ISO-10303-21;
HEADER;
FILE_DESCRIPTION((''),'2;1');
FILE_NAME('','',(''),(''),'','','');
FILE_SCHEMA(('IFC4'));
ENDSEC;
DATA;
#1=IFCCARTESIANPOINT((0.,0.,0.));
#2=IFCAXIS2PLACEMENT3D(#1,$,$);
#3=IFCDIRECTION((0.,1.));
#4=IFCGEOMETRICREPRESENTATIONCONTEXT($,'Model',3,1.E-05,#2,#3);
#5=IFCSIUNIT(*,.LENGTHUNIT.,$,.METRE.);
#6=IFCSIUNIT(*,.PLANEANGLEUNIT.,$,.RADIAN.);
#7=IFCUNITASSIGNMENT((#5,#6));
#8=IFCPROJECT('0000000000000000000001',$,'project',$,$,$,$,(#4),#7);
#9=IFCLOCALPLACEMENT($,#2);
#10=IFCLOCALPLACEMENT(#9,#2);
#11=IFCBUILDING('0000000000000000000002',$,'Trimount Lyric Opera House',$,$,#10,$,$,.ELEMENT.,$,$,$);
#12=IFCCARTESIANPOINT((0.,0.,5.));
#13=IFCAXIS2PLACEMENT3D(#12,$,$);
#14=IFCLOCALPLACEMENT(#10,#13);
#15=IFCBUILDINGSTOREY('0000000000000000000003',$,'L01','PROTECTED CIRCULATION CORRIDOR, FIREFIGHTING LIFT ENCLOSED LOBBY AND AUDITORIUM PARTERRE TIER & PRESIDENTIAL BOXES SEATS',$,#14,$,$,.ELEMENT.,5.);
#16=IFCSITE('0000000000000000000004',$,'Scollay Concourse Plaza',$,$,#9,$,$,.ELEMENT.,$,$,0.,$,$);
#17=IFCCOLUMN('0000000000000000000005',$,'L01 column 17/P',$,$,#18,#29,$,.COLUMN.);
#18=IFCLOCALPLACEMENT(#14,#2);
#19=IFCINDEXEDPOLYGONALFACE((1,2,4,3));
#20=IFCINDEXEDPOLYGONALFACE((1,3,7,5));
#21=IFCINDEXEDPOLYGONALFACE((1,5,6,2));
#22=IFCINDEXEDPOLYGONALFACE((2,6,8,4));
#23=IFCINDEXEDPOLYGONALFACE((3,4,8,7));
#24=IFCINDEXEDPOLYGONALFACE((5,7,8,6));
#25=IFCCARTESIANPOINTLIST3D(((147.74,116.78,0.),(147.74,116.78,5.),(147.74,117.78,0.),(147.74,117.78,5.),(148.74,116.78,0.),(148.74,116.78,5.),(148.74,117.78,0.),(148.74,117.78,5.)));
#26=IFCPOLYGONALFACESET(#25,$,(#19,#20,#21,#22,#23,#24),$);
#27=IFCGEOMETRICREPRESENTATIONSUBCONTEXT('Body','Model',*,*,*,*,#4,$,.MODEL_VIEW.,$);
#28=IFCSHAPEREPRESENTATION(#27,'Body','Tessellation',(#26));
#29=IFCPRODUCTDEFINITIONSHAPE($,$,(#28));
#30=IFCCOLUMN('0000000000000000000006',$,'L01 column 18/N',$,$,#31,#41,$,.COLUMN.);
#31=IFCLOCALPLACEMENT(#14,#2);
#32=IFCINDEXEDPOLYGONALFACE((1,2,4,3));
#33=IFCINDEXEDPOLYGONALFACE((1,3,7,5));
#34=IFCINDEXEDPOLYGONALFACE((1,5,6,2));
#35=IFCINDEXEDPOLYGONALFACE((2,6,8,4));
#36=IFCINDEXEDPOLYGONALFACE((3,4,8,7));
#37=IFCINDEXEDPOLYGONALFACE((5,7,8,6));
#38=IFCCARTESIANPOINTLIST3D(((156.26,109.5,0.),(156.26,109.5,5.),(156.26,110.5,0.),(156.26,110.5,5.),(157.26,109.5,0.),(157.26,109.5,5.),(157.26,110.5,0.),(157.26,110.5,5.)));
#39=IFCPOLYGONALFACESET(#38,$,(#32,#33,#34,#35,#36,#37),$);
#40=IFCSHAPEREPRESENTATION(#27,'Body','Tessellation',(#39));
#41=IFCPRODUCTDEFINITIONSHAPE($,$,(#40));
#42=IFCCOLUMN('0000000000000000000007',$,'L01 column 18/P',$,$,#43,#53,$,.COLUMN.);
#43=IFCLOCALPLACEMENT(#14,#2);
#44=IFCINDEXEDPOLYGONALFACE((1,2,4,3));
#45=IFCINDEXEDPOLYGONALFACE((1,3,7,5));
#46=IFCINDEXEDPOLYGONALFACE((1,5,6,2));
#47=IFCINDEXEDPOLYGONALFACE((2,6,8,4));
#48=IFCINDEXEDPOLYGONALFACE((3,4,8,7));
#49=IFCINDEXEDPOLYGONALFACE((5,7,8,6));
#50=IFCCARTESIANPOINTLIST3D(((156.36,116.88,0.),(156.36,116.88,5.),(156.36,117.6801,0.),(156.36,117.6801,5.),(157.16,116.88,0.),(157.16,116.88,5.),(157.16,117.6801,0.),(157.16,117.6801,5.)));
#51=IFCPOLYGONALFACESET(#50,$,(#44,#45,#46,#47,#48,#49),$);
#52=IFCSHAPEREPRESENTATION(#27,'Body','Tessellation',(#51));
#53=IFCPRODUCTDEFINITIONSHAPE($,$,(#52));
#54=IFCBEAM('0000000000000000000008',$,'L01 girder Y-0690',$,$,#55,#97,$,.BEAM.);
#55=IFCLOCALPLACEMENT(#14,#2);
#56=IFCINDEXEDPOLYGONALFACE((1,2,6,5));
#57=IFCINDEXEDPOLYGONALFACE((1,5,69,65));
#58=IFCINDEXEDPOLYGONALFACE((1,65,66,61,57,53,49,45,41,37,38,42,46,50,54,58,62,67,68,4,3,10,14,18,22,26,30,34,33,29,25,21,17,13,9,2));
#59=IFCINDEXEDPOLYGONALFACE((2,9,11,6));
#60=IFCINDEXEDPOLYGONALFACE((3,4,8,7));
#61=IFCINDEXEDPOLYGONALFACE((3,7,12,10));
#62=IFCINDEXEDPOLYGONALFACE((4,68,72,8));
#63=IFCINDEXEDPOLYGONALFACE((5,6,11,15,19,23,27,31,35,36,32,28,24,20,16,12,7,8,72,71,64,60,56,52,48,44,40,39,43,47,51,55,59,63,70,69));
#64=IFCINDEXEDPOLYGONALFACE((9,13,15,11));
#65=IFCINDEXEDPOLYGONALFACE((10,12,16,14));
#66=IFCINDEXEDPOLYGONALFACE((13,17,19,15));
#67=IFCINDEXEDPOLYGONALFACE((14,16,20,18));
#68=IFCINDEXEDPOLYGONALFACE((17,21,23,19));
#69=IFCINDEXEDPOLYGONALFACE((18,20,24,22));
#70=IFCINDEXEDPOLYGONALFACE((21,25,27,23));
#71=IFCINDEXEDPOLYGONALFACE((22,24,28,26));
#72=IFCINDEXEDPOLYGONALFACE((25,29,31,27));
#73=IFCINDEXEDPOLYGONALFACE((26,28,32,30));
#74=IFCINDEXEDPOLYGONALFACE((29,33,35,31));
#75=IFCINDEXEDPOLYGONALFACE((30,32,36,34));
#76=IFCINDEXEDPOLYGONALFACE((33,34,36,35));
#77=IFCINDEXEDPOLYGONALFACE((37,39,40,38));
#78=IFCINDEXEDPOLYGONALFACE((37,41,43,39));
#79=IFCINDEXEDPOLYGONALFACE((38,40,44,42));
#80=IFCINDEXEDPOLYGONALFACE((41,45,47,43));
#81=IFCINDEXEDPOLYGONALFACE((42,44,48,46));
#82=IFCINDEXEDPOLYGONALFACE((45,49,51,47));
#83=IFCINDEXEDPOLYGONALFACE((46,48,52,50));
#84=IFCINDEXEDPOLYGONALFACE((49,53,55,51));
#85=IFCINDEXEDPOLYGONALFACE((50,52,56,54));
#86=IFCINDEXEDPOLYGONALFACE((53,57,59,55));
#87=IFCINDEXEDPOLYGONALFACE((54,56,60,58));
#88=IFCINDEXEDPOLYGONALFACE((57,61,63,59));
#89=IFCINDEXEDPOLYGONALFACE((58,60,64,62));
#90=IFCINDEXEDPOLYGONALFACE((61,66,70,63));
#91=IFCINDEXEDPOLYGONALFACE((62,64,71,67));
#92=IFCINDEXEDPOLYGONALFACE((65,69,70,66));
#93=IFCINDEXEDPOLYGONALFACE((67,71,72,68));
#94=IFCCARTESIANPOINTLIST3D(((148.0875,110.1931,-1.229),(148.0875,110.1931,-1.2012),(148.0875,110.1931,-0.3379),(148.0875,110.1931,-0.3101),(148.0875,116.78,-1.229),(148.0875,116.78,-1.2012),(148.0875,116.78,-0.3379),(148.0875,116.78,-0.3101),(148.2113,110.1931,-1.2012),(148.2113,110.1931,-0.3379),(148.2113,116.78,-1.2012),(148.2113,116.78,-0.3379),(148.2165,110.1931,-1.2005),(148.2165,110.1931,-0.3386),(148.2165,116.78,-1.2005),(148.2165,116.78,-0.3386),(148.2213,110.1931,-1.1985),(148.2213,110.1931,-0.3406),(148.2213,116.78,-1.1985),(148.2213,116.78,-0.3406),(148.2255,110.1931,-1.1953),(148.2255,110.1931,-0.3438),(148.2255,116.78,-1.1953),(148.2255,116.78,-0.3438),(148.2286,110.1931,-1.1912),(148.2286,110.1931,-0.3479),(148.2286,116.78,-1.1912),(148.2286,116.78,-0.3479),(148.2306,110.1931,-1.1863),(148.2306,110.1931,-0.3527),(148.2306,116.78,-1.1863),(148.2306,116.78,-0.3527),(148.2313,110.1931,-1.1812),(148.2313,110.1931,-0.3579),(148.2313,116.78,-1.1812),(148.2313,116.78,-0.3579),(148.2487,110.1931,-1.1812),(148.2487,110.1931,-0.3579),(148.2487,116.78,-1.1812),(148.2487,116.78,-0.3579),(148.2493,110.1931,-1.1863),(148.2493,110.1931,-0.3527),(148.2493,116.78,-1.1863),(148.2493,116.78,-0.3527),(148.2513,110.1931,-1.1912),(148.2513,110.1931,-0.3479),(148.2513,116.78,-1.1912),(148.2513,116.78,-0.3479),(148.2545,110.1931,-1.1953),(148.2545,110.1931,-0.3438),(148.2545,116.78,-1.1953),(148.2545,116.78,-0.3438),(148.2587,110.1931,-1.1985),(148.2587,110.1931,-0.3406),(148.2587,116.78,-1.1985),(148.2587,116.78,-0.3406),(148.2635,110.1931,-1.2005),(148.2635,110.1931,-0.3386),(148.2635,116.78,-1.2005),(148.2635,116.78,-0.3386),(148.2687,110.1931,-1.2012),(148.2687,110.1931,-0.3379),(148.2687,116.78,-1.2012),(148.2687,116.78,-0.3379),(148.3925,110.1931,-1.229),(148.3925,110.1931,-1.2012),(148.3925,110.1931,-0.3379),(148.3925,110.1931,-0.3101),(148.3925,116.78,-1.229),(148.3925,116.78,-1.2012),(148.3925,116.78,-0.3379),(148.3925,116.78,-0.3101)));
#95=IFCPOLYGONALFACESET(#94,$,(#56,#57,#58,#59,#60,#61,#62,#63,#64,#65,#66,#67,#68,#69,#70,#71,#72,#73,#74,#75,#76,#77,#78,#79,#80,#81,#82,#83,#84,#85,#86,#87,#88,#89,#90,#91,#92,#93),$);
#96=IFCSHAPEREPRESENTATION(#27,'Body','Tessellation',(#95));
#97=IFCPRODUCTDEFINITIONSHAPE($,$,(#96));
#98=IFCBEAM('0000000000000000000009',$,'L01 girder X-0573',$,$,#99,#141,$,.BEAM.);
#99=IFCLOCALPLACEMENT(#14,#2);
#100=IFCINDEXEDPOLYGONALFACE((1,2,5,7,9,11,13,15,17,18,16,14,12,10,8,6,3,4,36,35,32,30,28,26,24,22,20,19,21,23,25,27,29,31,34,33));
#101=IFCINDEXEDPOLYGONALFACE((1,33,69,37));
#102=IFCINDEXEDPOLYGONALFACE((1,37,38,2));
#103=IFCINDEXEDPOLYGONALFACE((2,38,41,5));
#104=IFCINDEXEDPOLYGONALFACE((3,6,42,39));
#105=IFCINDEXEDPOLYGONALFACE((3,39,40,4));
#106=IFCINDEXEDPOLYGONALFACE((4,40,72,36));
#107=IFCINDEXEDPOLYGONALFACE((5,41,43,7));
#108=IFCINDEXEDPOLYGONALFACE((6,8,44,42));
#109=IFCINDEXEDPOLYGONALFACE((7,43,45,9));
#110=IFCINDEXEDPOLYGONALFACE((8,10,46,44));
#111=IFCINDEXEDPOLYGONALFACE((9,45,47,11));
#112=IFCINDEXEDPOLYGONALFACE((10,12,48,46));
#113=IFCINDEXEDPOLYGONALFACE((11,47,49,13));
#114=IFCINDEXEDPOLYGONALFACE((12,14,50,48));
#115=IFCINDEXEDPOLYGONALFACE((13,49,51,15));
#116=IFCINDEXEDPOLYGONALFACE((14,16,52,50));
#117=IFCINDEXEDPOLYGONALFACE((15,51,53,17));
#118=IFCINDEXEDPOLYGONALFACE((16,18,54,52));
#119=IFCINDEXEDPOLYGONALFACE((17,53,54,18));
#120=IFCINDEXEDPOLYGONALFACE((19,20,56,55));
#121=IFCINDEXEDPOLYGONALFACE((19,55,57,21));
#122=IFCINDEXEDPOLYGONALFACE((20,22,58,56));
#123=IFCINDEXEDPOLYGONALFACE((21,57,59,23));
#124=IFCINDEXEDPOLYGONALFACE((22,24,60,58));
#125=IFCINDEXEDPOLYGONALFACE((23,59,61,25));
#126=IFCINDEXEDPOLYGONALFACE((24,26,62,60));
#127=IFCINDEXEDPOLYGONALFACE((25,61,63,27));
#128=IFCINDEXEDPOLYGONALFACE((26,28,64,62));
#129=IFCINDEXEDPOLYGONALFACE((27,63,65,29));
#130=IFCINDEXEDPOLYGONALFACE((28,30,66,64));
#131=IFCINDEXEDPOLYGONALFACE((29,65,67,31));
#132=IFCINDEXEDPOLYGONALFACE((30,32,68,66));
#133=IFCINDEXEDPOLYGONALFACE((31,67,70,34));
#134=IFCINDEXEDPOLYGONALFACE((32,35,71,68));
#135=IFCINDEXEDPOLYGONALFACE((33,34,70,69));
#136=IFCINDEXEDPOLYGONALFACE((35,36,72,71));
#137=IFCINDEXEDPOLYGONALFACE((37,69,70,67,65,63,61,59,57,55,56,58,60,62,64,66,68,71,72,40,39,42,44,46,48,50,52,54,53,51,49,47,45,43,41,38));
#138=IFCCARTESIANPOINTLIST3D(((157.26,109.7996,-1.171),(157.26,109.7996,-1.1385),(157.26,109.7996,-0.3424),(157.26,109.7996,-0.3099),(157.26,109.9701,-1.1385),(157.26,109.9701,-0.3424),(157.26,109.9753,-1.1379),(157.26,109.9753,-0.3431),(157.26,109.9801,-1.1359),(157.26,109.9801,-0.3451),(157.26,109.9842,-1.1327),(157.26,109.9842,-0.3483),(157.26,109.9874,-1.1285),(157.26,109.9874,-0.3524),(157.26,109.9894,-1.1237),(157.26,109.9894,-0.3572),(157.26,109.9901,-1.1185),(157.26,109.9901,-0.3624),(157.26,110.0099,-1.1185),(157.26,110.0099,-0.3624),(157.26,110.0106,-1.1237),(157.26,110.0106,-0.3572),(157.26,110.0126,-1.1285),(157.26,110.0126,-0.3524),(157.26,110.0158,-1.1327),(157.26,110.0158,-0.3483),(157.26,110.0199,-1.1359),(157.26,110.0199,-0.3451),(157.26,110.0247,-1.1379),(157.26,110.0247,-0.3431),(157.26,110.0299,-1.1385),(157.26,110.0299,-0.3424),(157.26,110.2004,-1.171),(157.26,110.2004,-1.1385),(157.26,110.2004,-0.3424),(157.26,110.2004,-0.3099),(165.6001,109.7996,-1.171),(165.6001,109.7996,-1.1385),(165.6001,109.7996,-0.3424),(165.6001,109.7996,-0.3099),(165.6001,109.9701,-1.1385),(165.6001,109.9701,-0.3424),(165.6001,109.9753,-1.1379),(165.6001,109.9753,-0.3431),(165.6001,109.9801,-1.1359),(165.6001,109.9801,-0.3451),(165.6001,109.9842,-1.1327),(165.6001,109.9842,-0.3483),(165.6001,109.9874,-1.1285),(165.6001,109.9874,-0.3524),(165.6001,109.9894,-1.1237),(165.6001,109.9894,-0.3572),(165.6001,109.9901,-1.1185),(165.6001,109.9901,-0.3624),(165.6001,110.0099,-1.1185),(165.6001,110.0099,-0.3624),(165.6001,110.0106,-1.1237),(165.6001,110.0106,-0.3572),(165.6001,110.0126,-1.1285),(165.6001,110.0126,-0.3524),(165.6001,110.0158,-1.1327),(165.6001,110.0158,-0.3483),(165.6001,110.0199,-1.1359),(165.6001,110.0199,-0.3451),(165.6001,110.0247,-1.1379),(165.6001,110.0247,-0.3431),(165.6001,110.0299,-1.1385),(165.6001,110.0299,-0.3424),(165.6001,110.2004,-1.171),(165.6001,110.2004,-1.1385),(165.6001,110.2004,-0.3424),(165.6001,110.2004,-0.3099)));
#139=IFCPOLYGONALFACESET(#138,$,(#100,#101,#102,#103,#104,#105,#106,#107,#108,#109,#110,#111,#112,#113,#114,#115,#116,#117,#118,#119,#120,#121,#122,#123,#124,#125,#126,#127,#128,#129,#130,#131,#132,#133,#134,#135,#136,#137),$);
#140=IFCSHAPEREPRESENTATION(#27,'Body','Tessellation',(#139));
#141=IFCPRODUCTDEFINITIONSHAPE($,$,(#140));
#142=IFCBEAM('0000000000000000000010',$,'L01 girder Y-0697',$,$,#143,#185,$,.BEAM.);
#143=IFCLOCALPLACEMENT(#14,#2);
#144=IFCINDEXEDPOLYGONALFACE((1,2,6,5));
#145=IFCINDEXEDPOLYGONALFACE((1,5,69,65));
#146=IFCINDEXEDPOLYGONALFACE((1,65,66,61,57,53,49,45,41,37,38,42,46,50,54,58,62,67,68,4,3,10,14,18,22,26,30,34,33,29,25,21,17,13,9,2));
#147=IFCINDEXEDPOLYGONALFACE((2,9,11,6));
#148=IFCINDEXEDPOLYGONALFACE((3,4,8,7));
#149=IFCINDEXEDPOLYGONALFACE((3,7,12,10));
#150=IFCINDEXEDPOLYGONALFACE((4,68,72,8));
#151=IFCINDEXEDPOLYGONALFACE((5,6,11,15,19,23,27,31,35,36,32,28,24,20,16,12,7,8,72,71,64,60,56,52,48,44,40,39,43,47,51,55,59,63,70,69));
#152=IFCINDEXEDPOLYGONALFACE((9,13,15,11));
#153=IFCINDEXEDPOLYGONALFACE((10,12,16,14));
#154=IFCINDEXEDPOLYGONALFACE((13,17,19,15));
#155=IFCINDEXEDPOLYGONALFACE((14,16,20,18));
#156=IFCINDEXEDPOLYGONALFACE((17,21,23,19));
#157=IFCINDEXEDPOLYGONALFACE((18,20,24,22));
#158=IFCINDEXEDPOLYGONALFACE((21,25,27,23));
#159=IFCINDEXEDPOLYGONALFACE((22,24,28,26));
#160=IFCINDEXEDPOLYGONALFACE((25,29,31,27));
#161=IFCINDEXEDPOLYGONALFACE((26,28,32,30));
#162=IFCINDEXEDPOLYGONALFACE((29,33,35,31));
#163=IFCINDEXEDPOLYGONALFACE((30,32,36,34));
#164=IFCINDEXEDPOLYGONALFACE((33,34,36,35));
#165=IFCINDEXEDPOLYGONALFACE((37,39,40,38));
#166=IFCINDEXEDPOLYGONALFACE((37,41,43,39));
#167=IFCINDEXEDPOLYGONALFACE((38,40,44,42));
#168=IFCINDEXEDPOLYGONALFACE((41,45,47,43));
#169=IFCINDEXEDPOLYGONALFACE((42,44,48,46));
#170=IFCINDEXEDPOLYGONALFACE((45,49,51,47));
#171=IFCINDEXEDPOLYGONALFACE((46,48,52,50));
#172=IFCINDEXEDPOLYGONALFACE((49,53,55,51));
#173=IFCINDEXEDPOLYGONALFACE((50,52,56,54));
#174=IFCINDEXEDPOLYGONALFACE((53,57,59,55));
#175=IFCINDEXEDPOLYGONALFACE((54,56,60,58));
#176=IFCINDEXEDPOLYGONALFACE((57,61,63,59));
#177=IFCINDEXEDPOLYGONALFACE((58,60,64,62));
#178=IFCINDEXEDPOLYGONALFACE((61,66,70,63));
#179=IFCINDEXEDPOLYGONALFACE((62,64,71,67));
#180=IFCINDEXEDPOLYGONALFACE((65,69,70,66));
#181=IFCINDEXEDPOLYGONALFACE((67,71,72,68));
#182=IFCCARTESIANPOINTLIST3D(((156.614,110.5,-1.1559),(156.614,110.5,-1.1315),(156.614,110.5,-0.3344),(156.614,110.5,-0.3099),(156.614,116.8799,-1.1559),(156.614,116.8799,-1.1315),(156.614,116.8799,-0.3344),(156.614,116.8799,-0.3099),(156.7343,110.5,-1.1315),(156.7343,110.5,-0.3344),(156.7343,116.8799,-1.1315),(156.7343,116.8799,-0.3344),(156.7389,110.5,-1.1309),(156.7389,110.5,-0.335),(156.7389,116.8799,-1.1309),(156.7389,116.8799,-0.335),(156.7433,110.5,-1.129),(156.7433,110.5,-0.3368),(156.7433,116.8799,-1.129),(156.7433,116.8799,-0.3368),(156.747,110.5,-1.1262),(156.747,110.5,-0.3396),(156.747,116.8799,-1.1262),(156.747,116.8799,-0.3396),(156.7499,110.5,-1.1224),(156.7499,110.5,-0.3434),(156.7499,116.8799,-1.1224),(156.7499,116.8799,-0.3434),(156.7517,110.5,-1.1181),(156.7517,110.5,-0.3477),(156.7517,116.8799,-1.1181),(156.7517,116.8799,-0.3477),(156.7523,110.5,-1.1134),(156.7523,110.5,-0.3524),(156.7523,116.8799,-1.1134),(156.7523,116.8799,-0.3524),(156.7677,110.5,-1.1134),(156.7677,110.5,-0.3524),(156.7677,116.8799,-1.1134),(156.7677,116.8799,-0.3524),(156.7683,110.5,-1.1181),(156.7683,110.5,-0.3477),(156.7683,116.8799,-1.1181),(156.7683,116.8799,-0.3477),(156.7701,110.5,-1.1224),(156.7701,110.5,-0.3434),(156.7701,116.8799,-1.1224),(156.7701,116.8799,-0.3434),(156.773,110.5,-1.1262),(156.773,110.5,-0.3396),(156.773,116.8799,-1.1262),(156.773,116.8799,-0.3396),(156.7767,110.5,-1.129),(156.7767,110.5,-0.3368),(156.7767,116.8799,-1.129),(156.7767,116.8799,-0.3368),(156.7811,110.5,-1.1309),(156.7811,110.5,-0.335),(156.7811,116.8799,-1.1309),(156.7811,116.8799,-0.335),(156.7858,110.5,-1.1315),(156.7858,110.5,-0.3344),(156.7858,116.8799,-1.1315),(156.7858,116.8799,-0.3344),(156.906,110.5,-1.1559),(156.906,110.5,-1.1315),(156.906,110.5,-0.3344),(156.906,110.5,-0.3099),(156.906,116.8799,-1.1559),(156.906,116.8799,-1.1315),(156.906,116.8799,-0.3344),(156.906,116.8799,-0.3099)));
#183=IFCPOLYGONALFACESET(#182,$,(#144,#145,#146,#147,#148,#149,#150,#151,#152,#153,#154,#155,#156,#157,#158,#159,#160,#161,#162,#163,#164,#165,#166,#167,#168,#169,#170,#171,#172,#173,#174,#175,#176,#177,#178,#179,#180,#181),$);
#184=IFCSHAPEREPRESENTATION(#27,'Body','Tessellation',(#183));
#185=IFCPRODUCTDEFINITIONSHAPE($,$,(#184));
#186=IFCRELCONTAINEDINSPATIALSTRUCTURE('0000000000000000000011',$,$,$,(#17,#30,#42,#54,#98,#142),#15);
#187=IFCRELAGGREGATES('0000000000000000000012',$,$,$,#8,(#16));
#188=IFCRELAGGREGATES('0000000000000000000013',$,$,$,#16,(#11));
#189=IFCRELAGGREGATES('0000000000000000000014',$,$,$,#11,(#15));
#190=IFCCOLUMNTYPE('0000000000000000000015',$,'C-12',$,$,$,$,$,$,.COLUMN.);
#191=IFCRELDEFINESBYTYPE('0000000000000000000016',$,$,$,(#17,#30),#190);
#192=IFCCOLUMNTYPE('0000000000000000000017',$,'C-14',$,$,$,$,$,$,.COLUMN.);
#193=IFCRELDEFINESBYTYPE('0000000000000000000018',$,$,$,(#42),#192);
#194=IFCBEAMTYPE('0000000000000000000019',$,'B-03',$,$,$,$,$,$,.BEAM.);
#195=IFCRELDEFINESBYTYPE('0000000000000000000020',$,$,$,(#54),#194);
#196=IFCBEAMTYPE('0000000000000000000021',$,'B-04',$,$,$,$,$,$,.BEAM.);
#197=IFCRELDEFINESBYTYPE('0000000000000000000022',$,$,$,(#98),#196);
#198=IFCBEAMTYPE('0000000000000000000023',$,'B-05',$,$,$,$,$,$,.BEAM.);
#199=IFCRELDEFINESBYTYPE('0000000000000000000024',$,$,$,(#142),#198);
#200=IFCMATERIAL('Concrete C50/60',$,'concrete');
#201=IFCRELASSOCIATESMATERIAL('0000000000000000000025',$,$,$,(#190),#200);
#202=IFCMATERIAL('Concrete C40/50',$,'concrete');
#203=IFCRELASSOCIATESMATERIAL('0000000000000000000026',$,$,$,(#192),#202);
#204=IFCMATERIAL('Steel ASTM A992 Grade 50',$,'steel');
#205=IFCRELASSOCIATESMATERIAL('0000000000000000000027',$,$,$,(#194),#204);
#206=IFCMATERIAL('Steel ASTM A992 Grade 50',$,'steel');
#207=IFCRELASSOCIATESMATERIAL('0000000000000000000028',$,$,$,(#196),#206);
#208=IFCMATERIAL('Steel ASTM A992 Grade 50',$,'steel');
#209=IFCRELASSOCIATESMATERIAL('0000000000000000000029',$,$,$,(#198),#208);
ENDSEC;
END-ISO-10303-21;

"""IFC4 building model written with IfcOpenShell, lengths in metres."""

from ifc_helpers import new_model, si_unit, direction, frame, origin, origin_2d, place, context, subcontext, project, spatial, rectangle, i_section, extrude, material, material_profile, profile_set, type_object, element, save


model = new_model("IFC4")

# Units and contexts
model_context = context("Model", 3, precision=1e-05, world=origin(), true_north=direction((0.0, 1.0)))
body_context = subcontext(model_context, "Body", "Model", "MODEL_VIEW")
ifc_project = project(units=[si_unit("LENGTHUNIT", "METRE"), si_unit("PLANEANGLEUNIT", "RADIAN")], contexts=[model_context])

# Site, building, storey
site_placement = place(None, origin())
site = spatial("IfcSite", under=ifc_project, at=site_placement, Name="Scollay Concourse Plaza", CompositionType="ELEMENT", RefElevation=0.0)
building_placement = place(site_placement, origin())
building = spatial("IfcBuilding", under=site, at=building_placement, Name="Trimount Lyric Opera House", CompositionType="ELEMENT")
storey_placement = place(building_placement, frame((0.0, 0.0, 5.0)))
storey = spatial("IfcBuildingStorey", under=building, at=storey_placement, Name="L01", Description="PROTECTED CIRCULATION CORRIDOR, FIREFIGHTING LIFT ENCLOSED LOBBY AND AUDITORIUM PARTERRE TIER & PRESIDENTIAL BOXES SEATS", CompositionType="ELEMENT", Elevation=5.0)

# Columns
ifc_material_1 = material(Name="Concrete C50/60", Category="concrete")
ifc_material_profile_1 = material_profile(ifc_material_1, rectangle(XDim=1.0, YDim=1.0, at=origin_2d()), Name="RC1000X1000")
ifc_profile_set_1 = profile_set([ifc_material_profile_1], Name="Concrete C50/60")
column_type_1 = type_object("IfcColumnType", Name="C-12", PredefinedType="COLUMN", material=ifc_profile_set_1)
for number, where, z_axis, x_axis, name in (
    (1, (148.24, 117.28, 0.0), (0.0, 0.0, 1.0), (1.0, 0.0, 0.0), "L01 column 17/P"),
    (2, (156.76, 110.0, 0.0), (0.0, 0.0, 1.0), (1.0, 0.0, 0.0), "L01 column 18/N"),
):
    element("IfcColumn", number, at=place(storey_placement, frame(where, z_axis=z_axis, x_axis=x_axis)), inside=storey, type_object=column_type_1, Name=name, PredefinedType="COLUMN", context=body_context, shape_type="SweptSolid", body=[
        extrude(rectangle(XDim=1.0, YDim=1.0, at=origin_2d()), origin(), (0.0, 0.0, 1.0), 5.0),
    ])
ifc_material_2 = material(Name="Concrete C40/50", Category="concrete")
ifc_material_profile_2 = material_profile(ifc_material_2, rectangle(XDim=0.8, YDim=0.8, at=origin_2d()), Name="RC800X800")
ifc_profile_set_2 = profile_set([ifc_material_profile_2], Name="Concrete C40/50")
column_type_2 = type_object("IfcColumnType", Name="C-14", PredefinedType="COLUMN", material=ifc_profile_set_2)
column_placement = place(storey_placement, frame((156.76, 117.28, 0.0), z_axis=(0.0, 0.0, 1.0), x_axis=(1.0, 0.0, 0.0)))
element("IfcColumn", 3, at=column_placement, inside=storey, type_object=column_type_2, Name="L01 column 18/P", PredefinedType="COLUMN", context=body_context, shape_type="SweptSolid", body=[
    extrude(rectangle(XDim=0.8, YDim=0.8, at=origin_2d()), origin(), (0.0, 0.0, 1.0), 5.0),
])

# Beams
ifc_material_3 = material(Name="Steel ASTM A992 Grade 50", Category="steel")
ifc_material_profile_3 = material_profile(ifc_material_3, i_section(OverallWidth=0.3049, OverallDepth=0.9189, WebThickness=0.0173, FlangeThickness=0.0278, FilletRadius=0.02, at=origin_2d()), Name="W36X170")
ifc_profile_set_3 = profile_set([ifc_material_profile_3], Name="Steel ASTM A992 Grade 50")
beam_type_1 = type_object("IfcBeamType", Name="B-03", PredefinedType="BEAM", material=ifc_profile_set_3)
beam_1_placement = place(storey_placement, frame((148.24, 110.1931, -0.7695), z_axis=(0.0, 1.0, 0.0), x_axis=(-1.0, 0.0, 0.0)))
element("IfcBeam", 4, at=beam_1_placement, inside=storey, type_object=beam_type_1, Name="L01 girder Y-0690", PredefinedType="BEAM", context=body_context, shape_type="SweptSolid", body=[
    extrude(i_section(OverallWidth=0.3049, OverallDepth=0.9189, WebThickness=0.0173, FlangeThickness=0.0278, FilletRadius=0.02, at=origin_2d()), origin(), (0.0, 0.0, 1.0), 6.5869),
])
ifc_material_4 = material(Name="Steel ASTM A992 Grade 50", Category="steel")
ifc_material_profile_4 = material_profile(ifc_material_4, i_section(OverallWidth=0.4009, OverallDepth=0.8611, WebThickness=0.0198, FlangeThickness=0.0325, FilletRadius=0.02, at=origin_2d()), Name="W33X221")
ifc_profile_set_4 = profile_set([ifc_material_profile_4], Name="Steel ASTM A992 Grade 50")
beam_type_2 = type_object("IfcBeamType", Name="B-04", PredefinedType="BEAM", material=ifc_profile_set_4)
beam_2_placement = place(storey_placement, frame((157.26, 110.0, -0.7405), z_axis=(1.0, 0.0, 0.0), x_axis=(0.0, 1.0, 0.0)))
element("IfcBeam", 5, at=beam_2_placement, inside=storey, type_object=beam_type_2, Name="L01 girder X-0573", PredefinedType="BEAM", context=body_context, shape_type="SweptSolid", body=[
    extrude(i_section(OverallWidth=0.4009, OverallDepth=0.8611, WebThickness=0.0198, FlangeThickness=0.0325, FilletRadius=0.02, at=origin_2d()), origin(), (0.0, 0.0, 1.0), 8.3401),
])
ifc_material_5 = material(Name="Steel ASTM A992 Grade 50", Category="steel")
ifc_material_profile_5 = material_profile(ifc_material_5, i_section(OverallWidth=0.292, OverallDepth=0.8459, WebThickness=0.0154, FlangeThickness=0.0244, FilletRadius=0.0181, at=origin_2d()), Name="W33X141")
ifc_profile_set_5 = profile_set([ifc_material_profile_5], Name="Steel ASTM A992 Grade 50")
beam_type_3 = type_object("IfcBeamType", Name="B-05", PredefinedType="BEAM", material=ifc_profile_set_5)
beam_3_placement = place(storey_placement, frame((156.76, 110.5, -0.7329), z_axis=(0.0, 1.0, 0.0), x_axis=(-1.0, 0.0, 0.0)))
element("IfcBeam", 6, at=beam_3_placement, inside=storey, type_object=beam_type_3, Name="L01 girder Y-0697", PredefinedType="BEAM", context=body_context, shape_type="SweptSolid", body=[
    extrude(i_section(OverallWidth=0.292, OverallDepth=0.8459, WebThickness=0.0154, FlangeThickness=0.0244, FilletRadius=0.0181, at=origin_2d()), origin(), (0.0, 0.0, 1.0), 6.3799),
])

save(model, "model.ifc")
